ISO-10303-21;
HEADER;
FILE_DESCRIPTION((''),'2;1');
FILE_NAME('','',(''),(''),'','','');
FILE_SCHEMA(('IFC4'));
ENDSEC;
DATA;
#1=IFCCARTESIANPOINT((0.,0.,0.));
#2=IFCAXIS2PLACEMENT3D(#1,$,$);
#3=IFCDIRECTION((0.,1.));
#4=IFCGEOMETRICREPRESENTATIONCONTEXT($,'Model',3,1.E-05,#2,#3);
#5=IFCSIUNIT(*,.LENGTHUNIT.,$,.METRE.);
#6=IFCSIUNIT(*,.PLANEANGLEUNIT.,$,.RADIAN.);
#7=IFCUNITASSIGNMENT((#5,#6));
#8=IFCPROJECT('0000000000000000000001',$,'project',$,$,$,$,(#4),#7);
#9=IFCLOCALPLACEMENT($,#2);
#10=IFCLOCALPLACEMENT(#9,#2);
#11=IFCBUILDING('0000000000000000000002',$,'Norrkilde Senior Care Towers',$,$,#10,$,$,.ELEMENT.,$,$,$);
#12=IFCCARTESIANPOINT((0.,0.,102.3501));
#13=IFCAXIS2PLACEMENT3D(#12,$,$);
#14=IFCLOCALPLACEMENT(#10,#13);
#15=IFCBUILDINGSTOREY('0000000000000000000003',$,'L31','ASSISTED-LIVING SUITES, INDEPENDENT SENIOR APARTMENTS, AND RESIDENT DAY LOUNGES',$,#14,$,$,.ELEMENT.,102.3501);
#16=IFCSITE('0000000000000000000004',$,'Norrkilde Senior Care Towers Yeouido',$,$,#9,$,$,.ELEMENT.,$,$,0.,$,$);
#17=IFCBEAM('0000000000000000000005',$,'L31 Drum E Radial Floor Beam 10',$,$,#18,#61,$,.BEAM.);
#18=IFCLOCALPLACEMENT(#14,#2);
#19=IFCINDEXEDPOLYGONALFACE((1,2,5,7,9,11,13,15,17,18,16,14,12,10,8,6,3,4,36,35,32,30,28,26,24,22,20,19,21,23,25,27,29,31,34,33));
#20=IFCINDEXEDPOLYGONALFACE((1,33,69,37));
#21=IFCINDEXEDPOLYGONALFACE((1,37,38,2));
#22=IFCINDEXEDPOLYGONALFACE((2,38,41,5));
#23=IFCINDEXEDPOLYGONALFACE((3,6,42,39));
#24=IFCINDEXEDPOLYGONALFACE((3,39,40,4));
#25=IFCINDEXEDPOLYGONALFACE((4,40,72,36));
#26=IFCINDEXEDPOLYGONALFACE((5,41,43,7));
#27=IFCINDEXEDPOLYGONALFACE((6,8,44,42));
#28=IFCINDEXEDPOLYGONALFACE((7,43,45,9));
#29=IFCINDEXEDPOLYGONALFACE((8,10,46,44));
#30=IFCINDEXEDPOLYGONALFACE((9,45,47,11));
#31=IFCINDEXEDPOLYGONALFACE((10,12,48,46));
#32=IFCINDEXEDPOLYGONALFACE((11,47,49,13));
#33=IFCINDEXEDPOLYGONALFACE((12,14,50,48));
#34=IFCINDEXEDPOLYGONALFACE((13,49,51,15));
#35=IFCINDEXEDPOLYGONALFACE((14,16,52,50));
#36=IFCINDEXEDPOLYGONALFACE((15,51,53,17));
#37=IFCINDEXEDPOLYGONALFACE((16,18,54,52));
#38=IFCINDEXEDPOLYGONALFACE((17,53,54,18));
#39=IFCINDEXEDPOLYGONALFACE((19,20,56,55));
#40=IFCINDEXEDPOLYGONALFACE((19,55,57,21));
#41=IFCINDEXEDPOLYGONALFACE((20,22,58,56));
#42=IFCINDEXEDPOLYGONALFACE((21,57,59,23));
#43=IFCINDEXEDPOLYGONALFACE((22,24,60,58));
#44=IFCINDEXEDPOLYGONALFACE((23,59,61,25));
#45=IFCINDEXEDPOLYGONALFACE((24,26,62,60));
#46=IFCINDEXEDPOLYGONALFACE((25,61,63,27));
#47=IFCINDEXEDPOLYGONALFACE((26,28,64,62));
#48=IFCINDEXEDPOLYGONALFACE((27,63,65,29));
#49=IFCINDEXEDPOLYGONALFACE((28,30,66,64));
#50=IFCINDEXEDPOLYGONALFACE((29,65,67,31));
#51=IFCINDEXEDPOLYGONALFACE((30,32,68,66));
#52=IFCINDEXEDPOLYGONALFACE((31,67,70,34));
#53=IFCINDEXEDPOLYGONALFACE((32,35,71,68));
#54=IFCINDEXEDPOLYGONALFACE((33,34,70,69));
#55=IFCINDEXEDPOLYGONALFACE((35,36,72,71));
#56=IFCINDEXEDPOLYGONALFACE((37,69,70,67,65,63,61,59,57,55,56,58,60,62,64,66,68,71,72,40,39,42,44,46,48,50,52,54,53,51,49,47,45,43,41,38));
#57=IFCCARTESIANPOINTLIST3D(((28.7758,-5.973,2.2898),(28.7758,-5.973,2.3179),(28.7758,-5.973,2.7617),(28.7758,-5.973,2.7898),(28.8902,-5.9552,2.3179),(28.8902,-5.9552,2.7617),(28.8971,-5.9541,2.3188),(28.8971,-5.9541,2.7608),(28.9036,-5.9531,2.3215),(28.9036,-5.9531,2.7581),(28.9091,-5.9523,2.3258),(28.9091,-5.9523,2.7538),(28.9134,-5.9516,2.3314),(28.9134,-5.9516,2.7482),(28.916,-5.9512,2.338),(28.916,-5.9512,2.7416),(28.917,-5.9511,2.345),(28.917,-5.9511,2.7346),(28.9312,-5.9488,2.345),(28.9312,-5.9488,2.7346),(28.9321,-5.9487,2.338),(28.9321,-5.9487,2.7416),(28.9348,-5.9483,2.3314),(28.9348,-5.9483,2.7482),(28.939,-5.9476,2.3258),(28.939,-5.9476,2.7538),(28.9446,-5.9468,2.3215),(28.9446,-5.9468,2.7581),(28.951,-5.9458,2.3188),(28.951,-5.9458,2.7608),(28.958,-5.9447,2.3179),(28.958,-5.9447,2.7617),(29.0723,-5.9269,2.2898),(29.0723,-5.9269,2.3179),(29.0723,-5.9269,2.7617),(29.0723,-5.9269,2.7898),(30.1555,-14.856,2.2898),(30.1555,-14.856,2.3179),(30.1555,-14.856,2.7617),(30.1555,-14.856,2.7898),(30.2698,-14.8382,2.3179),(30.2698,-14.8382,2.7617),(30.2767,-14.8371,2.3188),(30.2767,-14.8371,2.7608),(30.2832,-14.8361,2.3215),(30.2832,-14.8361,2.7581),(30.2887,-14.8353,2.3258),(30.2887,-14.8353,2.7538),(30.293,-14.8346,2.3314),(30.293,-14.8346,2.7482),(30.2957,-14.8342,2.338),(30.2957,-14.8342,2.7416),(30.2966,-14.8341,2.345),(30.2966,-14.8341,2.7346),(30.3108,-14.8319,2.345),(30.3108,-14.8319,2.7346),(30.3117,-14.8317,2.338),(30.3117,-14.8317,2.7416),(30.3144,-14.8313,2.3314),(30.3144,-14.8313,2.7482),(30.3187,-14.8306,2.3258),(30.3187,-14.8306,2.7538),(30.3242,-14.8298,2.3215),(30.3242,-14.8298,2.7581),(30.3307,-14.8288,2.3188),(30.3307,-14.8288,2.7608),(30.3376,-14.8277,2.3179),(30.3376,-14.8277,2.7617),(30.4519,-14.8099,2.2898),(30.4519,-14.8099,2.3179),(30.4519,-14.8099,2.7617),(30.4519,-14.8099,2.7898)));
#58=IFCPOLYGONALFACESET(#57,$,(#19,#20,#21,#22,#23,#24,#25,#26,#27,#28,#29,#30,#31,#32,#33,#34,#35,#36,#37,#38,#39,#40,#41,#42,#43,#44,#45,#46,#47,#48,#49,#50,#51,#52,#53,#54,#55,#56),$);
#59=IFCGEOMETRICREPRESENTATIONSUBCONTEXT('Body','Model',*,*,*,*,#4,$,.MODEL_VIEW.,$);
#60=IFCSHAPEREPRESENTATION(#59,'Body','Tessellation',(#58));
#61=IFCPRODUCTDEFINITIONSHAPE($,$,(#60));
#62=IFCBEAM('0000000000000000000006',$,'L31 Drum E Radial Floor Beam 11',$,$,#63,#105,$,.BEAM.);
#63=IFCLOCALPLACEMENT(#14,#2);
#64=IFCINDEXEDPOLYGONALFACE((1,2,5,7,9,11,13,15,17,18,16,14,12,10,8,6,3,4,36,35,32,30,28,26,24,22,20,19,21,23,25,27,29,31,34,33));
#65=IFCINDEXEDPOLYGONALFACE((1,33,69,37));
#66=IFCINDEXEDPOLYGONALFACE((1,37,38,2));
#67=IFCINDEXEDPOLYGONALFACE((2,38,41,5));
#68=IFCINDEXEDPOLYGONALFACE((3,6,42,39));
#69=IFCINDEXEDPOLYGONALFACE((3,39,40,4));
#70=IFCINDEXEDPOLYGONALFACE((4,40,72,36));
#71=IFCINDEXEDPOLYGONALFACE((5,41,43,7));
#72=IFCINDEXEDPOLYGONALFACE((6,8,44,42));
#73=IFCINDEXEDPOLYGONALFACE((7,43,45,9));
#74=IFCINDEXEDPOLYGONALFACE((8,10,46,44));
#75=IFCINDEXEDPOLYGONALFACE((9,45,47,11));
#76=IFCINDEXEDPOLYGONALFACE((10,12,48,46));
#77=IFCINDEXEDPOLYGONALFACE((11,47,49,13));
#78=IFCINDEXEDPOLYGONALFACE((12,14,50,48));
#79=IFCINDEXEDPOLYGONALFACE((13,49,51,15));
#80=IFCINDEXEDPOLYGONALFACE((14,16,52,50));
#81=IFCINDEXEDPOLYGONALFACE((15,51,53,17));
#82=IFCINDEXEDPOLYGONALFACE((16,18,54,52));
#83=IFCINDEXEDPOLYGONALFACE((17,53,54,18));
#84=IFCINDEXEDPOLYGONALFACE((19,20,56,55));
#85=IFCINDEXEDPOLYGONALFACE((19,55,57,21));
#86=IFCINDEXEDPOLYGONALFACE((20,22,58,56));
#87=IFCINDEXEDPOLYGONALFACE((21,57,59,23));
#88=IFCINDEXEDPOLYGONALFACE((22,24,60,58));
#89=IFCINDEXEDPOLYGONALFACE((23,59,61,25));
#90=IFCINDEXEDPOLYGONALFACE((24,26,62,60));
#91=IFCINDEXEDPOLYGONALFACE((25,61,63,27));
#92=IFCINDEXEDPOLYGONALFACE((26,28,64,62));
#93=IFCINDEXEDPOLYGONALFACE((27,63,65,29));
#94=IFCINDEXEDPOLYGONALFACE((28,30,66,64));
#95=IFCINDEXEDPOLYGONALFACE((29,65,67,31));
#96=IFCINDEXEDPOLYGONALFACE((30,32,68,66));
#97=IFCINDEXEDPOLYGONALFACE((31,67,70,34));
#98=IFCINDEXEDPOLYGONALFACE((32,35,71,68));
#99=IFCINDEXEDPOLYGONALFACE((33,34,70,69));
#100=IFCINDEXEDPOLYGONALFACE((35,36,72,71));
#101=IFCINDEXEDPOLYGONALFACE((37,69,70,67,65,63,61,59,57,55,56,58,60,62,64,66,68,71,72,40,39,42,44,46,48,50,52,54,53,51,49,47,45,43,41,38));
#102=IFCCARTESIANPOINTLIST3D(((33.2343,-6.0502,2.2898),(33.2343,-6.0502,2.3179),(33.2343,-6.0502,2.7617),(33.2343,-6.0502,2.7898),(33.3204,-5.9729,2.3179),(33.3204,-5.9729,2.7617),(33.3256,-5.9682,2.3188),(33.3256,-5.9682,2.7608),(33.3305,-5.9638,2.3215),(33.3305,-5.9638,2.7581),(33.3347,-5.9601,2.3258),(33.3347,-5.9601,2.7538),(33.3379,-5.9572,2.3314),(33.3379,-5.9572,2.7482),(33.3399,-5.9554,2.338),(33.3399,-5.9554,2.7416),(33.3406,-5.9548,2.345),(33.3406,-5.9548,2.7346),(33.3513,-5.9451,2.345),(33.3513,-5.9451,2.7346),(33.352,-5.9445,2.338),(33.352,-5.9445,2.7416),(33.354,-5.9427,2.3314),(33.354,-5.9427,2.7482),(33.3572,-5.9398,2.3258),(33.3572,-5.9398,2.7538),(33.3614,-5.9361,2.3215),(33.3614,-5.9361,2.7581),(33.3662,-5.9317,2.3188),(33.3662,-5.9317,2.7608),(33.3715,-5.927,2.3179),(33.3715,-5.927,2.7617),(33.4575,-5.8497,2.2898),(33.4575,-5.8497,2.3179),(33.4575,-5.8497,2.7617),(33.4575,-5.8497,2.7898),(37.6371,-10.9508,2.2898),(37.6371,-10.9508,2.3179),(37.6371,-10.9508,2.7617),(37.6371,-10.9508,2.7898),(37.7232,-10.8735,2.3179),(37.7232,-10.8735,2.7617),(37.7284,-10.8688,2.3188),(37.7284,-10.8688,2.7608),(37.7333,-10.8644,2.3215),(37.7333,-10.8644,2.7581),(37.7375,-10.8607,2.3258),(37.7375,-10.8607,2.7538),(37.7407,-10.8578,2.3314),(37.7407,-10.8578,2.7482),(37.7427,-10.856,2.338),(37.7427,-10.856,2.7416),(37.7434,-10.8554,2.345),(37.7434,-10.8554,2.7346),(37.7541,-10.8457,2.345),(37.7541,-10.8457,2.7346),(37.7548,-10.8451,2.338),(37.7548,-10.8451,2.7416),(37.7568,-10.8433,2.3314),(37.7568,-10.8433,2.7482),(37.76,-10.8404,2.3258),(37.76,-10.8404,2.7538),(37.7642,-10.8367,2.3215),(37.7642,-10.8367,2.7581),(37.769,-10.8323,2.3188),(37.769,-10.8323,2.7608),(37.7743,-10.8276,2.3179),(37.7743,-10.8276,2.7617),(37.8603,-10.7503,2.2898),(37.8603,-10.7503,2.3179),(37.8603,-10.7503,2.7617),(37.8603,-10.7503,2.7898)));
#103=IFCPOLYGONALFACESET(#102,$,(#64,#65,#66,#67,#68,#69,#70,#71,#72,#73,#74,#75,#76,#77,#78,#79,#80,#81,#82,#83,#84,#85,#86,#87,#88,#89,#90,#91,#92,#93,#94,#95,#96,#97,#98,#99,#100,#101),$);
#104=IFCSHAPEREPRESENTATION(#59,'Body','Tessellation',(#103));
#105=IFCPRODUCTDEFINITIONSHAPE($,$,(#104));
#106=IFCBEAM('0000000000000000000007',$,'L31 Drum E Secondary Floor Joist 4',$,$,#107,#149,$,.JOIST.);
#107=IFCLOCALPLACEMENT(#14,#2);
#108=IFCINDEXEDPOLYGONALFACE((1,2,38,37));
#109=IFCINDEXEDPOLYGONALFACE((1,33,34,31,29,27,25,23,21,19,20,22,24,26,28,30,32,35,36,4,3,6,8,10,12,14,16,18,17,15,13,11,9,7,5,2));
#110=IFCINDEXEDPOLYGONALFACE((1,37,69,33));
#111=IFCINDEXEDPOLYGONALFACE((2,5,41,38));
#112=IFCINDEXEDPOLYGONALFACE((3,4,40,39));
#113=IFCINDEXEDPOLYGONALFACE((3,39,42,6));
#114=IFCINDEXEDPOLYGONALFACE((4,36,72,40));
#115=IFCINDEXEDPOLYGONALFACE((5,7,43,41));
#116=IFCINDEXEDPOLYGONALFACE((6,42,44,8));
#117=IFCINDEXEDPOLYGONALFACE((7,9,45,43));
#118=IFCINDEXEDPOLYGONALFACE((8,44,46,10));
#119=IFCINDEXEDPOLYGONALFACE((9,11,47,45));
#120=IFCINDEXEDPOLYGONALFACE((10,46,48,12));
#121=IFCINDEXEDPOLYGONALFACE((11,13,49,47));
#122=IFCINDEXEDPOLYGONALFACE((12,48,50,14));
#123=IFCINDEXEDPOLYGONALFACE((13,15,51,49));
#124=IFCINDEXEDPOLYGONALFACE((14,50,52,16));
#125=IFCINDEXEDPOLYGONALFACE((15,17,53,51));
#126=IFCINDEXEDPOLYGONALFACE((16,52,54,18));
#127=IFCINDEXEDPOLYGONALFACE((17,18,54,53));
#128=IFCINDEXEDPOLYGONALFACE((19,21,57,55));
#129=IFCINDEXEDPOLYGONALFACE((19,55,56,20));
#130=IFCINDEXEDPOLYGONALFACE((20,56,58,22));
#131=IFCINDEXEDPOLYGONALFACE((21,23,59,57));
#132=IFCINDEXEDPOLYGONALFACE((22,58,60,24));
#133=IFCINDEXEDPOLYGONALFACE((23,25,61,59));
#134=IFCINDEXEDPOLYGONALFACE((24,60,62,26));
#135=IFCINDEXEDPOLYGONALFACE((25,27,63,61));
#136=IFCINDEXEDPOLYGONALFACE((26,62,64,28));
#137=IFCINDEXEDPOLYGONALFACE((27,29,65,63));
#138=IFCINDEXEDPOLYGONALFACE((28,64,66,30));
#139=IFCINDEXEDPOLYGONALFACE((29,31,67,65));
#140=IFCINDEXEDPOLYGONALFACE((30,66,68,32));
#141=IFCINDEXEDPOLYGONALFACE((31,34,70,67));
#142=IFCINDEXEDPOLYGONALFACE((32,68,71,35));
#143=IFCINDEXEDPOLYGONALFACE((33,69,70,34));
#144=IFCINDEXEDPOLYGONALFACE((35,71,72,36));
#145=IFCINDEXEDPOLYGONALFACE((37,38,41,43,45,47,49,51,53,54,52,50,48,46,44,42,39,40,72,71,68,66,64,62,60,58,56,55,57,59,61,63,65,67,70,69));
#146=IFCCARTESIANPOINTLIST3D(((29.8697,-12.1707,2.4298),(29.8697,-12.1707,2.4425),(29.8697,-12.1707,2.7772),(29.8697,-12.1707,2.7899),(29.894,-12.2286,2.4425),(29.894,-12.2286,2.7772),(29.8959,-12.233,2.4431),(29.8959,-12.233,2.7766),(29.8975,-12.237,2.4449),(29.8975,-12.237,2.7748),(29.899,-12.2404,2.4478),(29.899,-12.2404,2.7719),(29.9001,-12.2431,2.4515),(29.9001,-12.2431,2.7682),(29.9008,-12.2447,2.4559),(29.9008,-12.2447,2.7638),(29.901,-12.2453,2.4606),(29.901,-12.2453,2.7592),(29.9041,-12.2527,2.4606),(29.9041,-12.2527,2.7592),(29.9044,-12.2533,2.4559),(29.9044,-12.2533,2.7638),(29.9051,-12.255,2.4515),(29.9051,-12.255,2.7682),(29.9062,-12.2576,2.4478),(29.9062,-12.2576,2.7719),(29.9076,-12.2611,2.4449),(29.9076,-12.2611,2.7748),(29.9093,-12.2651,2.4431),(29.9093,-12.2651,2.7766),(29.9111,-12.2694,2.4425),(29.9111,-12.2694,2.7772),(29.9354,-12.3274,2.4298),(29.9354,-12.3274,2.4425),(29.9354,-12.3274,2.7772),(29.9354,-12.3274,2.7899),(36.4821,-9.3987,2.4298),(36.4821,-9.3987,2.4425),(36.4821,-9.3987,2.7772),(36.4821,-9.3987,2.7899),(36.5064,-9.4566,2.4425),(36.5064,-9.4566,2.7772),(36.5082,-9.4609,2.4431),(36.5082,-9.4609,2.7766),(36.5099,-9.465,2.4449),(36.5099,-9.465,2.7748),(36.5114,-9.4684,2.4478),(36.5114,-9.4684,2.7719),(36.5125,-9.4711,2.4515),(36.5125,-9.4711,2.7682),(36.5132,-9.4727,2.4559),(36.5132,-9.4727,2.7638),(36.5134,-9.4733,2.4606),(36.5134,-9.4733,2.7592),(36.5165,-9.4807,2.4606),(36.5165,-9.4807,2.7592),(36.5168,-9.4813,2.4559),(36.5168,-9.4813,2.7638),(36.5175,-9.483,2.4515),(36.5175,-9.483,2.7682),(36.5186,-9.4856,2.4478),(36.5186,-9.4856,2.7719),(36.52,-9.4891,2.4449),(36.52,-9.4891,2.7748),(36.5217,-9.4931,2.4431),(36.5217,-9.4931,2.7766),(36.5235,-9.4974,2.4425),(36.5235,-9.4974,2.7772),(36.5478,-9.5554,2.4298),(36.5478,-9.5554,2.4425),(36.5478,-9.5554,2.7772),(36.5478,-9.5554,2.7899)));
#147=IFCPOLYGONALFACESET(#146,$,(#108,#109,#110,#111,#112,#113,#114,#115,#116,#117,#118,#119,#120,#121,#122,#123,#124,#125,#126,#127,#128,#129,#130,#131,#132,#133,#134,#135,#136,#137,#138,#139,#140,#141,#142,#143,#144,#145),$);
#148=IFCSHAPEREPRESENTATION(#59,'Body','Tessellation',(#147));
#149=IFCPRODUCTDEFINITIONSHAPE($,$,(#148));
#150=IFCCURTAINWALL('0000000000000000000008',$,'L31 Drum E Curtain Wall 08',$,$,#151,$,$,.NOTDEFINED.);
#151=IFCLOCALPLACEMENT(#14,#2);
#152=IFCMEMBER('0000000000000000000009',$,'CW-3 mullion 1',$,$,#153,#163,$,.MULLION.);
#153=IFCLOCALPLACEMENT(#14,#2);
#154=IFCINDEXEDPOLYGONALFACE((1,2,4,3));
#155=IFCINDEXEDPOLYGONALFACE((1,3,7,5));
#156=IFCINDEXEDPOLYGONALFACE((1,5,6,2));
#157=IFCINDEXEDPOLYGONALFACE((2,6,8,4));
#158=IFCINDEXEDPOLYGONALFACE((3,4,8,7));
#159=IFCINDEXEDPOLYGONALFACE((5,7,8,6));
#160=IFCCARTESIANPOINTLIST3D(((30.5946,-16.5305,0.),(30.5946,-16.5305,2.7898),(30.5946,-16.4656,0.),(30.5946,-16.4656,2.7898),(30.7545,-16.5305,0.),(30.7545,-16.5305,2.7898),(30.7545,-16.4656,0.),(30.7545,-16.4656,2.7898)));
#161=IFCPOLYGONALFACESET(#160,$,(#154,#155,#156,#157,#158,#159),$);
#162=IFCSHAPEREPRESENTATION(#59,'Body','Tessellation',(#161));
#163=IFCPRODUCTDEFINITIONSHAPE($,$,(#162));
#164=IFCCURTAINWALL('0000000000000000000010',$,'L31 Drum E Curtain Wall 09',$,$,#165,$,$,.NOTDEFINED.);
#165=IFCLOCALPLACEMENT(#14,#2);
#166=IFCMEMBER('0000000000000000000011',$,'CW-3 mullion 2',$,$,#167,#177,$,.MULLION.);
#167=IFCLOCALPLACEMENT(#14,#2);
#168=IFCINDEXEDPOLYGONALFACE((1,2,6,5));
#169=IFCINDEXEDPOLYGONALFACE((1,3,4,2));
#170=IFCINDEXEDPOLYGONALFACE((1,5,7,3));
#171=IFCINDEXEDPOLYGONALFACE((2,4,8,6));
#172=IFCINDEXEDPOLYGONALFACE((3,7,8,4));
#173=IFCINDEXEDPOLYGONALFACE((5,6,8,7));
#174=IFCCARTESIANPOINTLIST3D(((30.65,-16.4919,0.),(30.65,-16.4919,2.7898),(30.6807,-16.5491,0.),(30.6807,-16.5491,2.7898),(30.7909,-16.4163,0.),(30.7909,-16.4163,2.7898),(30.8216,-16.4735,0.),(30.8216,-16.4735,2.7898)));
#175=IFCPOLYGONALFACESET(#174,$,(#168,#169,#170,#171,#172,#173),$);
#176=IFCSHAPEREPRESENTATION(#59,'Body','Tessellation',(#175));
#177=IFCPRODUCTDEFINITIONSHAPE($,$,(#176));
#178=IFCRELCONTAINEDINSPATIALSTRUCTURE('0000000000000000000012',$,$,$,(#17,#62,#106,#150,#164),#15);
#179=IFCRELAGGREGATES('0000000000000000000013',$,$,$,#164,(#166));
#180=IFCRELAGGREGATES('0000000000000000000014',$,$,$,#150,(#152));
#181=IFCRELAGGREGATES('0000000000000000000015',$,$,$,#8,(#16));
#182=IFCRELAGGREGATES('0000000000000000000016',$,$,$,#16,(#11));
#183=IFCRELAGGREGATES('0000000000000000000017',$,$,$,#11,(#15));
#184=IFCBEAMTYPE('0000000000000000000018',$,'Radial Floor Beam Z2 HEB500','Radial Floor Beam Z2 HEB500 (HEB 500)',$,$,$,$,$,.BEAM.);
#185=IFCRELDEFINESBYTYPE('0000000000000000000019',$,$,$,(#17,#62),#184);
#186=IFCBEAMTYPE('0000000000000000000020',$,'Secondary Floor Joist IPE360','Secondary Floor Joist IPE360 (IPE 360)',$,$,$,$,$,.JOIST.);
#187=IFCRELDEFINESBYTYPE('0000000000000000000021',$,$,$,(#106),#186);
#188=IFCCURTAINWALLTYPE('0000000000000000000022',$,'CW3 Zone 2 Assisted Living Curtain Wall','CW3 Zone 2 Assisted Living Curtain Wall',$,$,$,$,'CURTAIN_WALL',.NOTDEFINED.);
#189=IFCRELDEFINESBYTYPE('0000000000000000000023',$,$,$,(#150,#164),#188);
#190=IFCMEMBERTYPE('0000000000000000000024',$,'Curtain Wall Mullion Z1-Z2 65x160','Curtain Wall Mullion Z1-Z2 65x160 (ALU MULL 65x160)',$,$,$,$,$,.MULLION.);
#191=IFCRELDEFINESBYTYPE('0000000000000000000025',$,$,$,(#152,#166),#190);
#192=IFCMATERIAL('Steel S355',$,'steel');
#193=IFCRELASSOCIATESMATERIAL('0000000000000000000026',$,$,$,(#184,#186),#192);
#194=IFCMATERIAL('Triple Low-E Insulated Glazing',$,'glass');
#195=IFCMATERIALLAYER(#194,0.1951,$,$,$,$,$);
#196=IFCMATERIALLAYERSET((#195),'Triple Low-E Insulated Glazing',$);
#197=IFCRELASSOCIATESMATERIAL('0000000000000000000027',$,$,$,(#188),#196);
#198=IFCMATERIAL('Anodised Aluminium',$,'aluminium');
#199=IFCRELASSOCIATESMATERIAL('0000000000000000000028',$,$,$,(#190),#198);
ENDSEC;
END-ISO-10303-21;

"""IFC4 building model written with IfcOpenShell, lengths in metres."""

from ifc_helpers import new_model, si_unit, direction, frame, origin, origin_2d, place, context, subcontext, project, spatial, rectangle, i_section, extrude, source, transform, mapped, material, layer, layer_set, material_profile, profile_set, type_object, type_shapes, element, aggregate, save


model = new_model("IFC4")

# Units and contexts
model_context = context("Model", 3, precision=1e-05, world=origin(), true_north=direction((0.0, 1.0)))
body_context = subcontext(model_context, "Body", "Model", "MODEL_VIEW")
ifc_project = project(units=[si_unit("LENGTHUNIT", "METRE"), si_unit("PLANEANGLEUNIT", "RADIAN")], contexts=[model_context])

# Site, building, storey
site_placement = place(None, origin())
site = spatial("IfcSite", under=ifc_project, at=site_placement, Name="Norrkilde Senior Care Towers Yeouido", CompositionType="ELEMENT", RefElevation=0.0)
building_placement = place(site_placement, origin())
building = spatial("IfcBuilding", under=site, at=building_placement, Name="Norrkilde Senior Care Towers", CompositionType="ELEMENT")
storey_placement = place(building_placement, frame((0.0, 0.0, 102.3501)))
storey = spatial("IfcBuildingStorey", under=building, at=storey_placement, Name="L31", Description="ASSISTED-LIVING SUITES, INDEPENDENT SENIOR APARTMENTS, AND RESIDENT DAY LOUNGES", CompositionType="ELEMENT", Elevation=102.3501)

# Beams
ifc_material_1 = material(Name="Steel S355", Category="steel")
ifc_material_profile_1 = material_profile(ifc_material_1, i_section(OverallWidth=0.3, OverallDepth=0.5, WebThickness=0.0144, FlangeThickness=0.0281, FilletRadius=0.0271, at=origin_2d()), Name="HEB 500")
ifc_profile_set_1 = profile_set([ifc_material_profile_1], Name="Steel S355")
beam_type_1 = type_object("IfcBeamType", Name="Radial Floor Beam Z2 HEB500", Description="Radial Floor Beam Z2 HEB500 (HEB 500)", PredefinedType="BEAM", material=ifc_profile_set_1)
shared_shape_1 = source(origin(), body_context, "Body", "SweptSolid", [
    extrude(i_section(OverallWidth=0.3, OverallDepth=0.5, WebThickness=0.0144, FlangeThickness=0.0281, FilletRadius=0.0271, at=origin_2d()), origin(), (0.0, 0.0, 1.0), 8.9895),
])
beam_1_placement = place(storey_placement, frame((28.9241, -5.95, 2.5398), z_axis=(0.153471, -0.988153, 0.0), x_axis=(0.988153, 0.153471, 0.0)))
element("IfcBeam", 1, at=beam_1_placement, inside=storey, type_object=beam_type_1, Name="L31 Drum E Radial Floor Beam 10", PredefinedType="BEAM", context=body_context, shape_type="MappedRepresentation", body=[
    mapped(shared_shape_1, transform((0.0, 0.0, 0.0), x_axis=(1.0, 0.0, 0.0), y_axis=(0.0, 1.0, 0.0), z_axis=(0.0, 0.0, 1.0), scale=1.0)),
])
shared_shape_2 = source(origin(), body_context, "Body", "SweptSolid", [
    extrude(i_section(OverallWidth=0.3, OverallDepth=0.5, WebThickness=0.0144, FlangeThickness=0.0281, FilletRadius=0.0271, at=origin_2d()), origin(), (0.0, 0.0, 1.0), 6.5879),
])
beam_2_placement = place(storey_placement, frame((33.3459, -5.95, 2.5398), z_axis=(0.668315, -0.743878, 0.0), x_axis=(0.743878, 0.668315, 0.0)))
element("IfcBeam", 2, at=beam_2_placement, inside=storey, type_object=beam_type_1, Name="L31 Drum E Radial Floor Beam 11", PredefinedType="BEAM", context=body_context, shape_type="MappedRepresentation", body=[
    mapped(shared_shape_2, transform((0.0, 0.0, 0.0), x_axis=(1.0, 0.0, 0.0), y_axis=(0.0, 1.0, 0.0), z_axis=(0.0, 0.0, 1.0), scale=1.0)),
])
ifc_material_profile_2 = material_profile(ifc_material_1, i_section(OverallWidth=0.1699, OverallDepth=0.3601, WebThickness=0.0081, FlangeThickness=0.0127, FilletRadius=0.0181, at=origin_2d()), Name="IPE 360")
ifc_profile_set_2 = profile_set([ifc_material_profile_2], Name="Steel S355")
beam_type_2 = type_object("IfcBeamType", Name="Secondary Floor Joist IPE360", Description="Secondary Floor Joist IPE360 (IPE 360)", PredefinedType="JOIST", material=ifc_profile_set_2)
shared_shape_3 = source(origin(), body_context, "Body", "SweptSolid", [
    extrude(i_section(OverallWidth=0.1699, OverallDepth=0.3601, WebThickness=0.0081, FlangeThickness=0.0127, FilletRadius=0.0181, at=origin_2d()), origin(), (0.0, 0.0, 1.0), 7.1699),
])
type_shapes(beam_type_2, [shared_shape_3])
beam_3_placement = place(storey_placement, frame((29.9026, -12.249, 2.6099), z_axis=(0.922241, 0.386616, 0.0), x_axis=(-0.386616, 0.922241, 0.0)))
element("IfcBeam", 3, at=beam_3_placement, inside=storey, type_object=beam_type_2, Name="L31 Drum E Secondary Floor Joist 4", PredefinedType="JOIST", context=body_context, shape_type="MappedRepresentation", body=[
    mapped(shared_shape_3, transform((0.0, 0.0, 0.0), x_axis=(1.0, 0.0, 0.0), y_axis=(0.0, 1.0, 0.0), z_axis=(0.0, 0.0, 1.0), scale=1.0)),
])

# Curtain walls, members
ifc_material_2 = material(Name="Triple Low-E Insulated Glazing", Category="glass")
ifc_layer_1 = layer(ifc_material_2, 0.1951)
ifc_layer_set_1 = layer_set([ifc_layer_1], Name="Triple Low-E Insulated Glazing")
curtain_wall_type = type_object("IfcCurtainWallType", Name="CW3 Zone 2 Assisted Living Curtain Wall", Description="CW3 Zone 2 Assisted Living Curtain Wall", ElementType="CURTAIN_WALL", PredefinedType="NOTDEFINED", material=ifc_layer_set_1)
curtain_wall_1_placement = place(storey_placement, origin())
curtain_wall_1 = element("IfcCurtainWall", 4, at=curtain_wall_1_placement, inside=storey, type_object=curtain_wall_type, Name="L31 Drum E Curtain Wall 08", PredefinedType="NOTDEFINED")
ifc_material_3 = material(Name="Anodised Aluminium", Category="aluminium")
ifc_material_profile_3 = material_profile(ifc_material_3, rectangle(XDim=0.0649, YDim=0.1599, at=origin_2d()), Name="ALU MULL 65x160")
ifc_profile_set_3 = profile_set([ifc_material_profile_3], Name="Anodised Aluminium")
member_type_1 = type_object("IfcMemberType", Name="Curtain Wall Mullion Z1-Z2 65x160", Description="Curtain Wall Mullion Z1-Z2 65x160 (ALU MULL 65x160)", PredefinedType="MULLION", material=ifc_profile_set_3)
shared_shape_4 = source(origin(), body_context, "Body", "SweptSolid", [
    extrude(rectangle(XDim=0.0649, YDim=0.1599, at=origin_2d()), origin(), (0.0, 0.0, 1.0), 2.7898),
])
type_shapes(member_type_1, [shared_shape_4])
member_1_placement = place(storey_placement, frame((30.6746, -16.498, 0.0), z_axis=(0.0, 0.0, 1.0), x_axis=(0.0, -1.0, 0.0)))
member_1 = element("IfcMember", 5, at=member_1_placement, type_object=member_type_1, Name="CW-3 mullion 1", PredefinedType="MULLION", context=body_context, shape_type="MappedRepresentation", body=[
    mapped(shared_shape_4, transform((0.0, 0.0, 0.0), x_axis=(1.0, 0.0, 0.0), y_axis=(0.0, 1.0, 0.0), z_axis=(0.0, 0.0, 1.0), scale=1.0)),
])
curtain_wall_2_placement = place(storey_placement, origin())
curtain_wall_2 = element("IfcCurtainWall", 6, at=curtain_wall_2_placement, inside=storey, type_object=curtain_wall_type, Name="L31 Drum E Curtain Wall 09", PredefinedType="NOTDEFINED")
member_2_placement = place(storey_placement, frame((30.7358, -16.4827, 0.0), z_axis=(0.0, 0.0, 1.0), x_axis=(0.472769, -0.881186, 0.0)))
member_2 = element("IfcMember", 7, at=member_2_placement, type_object=member_type_1, Name="CW-3 mullion 2", PredefinedType="MULLION", context=body_context, shape_type="MappedRepresentation", body=[
    mapped(shared_shape_4, transform((0.0, 0.0, 0.0), x_axis=(1.0, 0.0, 0.0), y_axis=(0.0, 1.0, 0.0), z_axis=(0.0, 0.0, 1.0), scale=1.0)),
])

aggregate(curtain_wall_2, [member_2])
aggregate(curtain_wall_1, [member_1])

save(model, "model.ifc")
